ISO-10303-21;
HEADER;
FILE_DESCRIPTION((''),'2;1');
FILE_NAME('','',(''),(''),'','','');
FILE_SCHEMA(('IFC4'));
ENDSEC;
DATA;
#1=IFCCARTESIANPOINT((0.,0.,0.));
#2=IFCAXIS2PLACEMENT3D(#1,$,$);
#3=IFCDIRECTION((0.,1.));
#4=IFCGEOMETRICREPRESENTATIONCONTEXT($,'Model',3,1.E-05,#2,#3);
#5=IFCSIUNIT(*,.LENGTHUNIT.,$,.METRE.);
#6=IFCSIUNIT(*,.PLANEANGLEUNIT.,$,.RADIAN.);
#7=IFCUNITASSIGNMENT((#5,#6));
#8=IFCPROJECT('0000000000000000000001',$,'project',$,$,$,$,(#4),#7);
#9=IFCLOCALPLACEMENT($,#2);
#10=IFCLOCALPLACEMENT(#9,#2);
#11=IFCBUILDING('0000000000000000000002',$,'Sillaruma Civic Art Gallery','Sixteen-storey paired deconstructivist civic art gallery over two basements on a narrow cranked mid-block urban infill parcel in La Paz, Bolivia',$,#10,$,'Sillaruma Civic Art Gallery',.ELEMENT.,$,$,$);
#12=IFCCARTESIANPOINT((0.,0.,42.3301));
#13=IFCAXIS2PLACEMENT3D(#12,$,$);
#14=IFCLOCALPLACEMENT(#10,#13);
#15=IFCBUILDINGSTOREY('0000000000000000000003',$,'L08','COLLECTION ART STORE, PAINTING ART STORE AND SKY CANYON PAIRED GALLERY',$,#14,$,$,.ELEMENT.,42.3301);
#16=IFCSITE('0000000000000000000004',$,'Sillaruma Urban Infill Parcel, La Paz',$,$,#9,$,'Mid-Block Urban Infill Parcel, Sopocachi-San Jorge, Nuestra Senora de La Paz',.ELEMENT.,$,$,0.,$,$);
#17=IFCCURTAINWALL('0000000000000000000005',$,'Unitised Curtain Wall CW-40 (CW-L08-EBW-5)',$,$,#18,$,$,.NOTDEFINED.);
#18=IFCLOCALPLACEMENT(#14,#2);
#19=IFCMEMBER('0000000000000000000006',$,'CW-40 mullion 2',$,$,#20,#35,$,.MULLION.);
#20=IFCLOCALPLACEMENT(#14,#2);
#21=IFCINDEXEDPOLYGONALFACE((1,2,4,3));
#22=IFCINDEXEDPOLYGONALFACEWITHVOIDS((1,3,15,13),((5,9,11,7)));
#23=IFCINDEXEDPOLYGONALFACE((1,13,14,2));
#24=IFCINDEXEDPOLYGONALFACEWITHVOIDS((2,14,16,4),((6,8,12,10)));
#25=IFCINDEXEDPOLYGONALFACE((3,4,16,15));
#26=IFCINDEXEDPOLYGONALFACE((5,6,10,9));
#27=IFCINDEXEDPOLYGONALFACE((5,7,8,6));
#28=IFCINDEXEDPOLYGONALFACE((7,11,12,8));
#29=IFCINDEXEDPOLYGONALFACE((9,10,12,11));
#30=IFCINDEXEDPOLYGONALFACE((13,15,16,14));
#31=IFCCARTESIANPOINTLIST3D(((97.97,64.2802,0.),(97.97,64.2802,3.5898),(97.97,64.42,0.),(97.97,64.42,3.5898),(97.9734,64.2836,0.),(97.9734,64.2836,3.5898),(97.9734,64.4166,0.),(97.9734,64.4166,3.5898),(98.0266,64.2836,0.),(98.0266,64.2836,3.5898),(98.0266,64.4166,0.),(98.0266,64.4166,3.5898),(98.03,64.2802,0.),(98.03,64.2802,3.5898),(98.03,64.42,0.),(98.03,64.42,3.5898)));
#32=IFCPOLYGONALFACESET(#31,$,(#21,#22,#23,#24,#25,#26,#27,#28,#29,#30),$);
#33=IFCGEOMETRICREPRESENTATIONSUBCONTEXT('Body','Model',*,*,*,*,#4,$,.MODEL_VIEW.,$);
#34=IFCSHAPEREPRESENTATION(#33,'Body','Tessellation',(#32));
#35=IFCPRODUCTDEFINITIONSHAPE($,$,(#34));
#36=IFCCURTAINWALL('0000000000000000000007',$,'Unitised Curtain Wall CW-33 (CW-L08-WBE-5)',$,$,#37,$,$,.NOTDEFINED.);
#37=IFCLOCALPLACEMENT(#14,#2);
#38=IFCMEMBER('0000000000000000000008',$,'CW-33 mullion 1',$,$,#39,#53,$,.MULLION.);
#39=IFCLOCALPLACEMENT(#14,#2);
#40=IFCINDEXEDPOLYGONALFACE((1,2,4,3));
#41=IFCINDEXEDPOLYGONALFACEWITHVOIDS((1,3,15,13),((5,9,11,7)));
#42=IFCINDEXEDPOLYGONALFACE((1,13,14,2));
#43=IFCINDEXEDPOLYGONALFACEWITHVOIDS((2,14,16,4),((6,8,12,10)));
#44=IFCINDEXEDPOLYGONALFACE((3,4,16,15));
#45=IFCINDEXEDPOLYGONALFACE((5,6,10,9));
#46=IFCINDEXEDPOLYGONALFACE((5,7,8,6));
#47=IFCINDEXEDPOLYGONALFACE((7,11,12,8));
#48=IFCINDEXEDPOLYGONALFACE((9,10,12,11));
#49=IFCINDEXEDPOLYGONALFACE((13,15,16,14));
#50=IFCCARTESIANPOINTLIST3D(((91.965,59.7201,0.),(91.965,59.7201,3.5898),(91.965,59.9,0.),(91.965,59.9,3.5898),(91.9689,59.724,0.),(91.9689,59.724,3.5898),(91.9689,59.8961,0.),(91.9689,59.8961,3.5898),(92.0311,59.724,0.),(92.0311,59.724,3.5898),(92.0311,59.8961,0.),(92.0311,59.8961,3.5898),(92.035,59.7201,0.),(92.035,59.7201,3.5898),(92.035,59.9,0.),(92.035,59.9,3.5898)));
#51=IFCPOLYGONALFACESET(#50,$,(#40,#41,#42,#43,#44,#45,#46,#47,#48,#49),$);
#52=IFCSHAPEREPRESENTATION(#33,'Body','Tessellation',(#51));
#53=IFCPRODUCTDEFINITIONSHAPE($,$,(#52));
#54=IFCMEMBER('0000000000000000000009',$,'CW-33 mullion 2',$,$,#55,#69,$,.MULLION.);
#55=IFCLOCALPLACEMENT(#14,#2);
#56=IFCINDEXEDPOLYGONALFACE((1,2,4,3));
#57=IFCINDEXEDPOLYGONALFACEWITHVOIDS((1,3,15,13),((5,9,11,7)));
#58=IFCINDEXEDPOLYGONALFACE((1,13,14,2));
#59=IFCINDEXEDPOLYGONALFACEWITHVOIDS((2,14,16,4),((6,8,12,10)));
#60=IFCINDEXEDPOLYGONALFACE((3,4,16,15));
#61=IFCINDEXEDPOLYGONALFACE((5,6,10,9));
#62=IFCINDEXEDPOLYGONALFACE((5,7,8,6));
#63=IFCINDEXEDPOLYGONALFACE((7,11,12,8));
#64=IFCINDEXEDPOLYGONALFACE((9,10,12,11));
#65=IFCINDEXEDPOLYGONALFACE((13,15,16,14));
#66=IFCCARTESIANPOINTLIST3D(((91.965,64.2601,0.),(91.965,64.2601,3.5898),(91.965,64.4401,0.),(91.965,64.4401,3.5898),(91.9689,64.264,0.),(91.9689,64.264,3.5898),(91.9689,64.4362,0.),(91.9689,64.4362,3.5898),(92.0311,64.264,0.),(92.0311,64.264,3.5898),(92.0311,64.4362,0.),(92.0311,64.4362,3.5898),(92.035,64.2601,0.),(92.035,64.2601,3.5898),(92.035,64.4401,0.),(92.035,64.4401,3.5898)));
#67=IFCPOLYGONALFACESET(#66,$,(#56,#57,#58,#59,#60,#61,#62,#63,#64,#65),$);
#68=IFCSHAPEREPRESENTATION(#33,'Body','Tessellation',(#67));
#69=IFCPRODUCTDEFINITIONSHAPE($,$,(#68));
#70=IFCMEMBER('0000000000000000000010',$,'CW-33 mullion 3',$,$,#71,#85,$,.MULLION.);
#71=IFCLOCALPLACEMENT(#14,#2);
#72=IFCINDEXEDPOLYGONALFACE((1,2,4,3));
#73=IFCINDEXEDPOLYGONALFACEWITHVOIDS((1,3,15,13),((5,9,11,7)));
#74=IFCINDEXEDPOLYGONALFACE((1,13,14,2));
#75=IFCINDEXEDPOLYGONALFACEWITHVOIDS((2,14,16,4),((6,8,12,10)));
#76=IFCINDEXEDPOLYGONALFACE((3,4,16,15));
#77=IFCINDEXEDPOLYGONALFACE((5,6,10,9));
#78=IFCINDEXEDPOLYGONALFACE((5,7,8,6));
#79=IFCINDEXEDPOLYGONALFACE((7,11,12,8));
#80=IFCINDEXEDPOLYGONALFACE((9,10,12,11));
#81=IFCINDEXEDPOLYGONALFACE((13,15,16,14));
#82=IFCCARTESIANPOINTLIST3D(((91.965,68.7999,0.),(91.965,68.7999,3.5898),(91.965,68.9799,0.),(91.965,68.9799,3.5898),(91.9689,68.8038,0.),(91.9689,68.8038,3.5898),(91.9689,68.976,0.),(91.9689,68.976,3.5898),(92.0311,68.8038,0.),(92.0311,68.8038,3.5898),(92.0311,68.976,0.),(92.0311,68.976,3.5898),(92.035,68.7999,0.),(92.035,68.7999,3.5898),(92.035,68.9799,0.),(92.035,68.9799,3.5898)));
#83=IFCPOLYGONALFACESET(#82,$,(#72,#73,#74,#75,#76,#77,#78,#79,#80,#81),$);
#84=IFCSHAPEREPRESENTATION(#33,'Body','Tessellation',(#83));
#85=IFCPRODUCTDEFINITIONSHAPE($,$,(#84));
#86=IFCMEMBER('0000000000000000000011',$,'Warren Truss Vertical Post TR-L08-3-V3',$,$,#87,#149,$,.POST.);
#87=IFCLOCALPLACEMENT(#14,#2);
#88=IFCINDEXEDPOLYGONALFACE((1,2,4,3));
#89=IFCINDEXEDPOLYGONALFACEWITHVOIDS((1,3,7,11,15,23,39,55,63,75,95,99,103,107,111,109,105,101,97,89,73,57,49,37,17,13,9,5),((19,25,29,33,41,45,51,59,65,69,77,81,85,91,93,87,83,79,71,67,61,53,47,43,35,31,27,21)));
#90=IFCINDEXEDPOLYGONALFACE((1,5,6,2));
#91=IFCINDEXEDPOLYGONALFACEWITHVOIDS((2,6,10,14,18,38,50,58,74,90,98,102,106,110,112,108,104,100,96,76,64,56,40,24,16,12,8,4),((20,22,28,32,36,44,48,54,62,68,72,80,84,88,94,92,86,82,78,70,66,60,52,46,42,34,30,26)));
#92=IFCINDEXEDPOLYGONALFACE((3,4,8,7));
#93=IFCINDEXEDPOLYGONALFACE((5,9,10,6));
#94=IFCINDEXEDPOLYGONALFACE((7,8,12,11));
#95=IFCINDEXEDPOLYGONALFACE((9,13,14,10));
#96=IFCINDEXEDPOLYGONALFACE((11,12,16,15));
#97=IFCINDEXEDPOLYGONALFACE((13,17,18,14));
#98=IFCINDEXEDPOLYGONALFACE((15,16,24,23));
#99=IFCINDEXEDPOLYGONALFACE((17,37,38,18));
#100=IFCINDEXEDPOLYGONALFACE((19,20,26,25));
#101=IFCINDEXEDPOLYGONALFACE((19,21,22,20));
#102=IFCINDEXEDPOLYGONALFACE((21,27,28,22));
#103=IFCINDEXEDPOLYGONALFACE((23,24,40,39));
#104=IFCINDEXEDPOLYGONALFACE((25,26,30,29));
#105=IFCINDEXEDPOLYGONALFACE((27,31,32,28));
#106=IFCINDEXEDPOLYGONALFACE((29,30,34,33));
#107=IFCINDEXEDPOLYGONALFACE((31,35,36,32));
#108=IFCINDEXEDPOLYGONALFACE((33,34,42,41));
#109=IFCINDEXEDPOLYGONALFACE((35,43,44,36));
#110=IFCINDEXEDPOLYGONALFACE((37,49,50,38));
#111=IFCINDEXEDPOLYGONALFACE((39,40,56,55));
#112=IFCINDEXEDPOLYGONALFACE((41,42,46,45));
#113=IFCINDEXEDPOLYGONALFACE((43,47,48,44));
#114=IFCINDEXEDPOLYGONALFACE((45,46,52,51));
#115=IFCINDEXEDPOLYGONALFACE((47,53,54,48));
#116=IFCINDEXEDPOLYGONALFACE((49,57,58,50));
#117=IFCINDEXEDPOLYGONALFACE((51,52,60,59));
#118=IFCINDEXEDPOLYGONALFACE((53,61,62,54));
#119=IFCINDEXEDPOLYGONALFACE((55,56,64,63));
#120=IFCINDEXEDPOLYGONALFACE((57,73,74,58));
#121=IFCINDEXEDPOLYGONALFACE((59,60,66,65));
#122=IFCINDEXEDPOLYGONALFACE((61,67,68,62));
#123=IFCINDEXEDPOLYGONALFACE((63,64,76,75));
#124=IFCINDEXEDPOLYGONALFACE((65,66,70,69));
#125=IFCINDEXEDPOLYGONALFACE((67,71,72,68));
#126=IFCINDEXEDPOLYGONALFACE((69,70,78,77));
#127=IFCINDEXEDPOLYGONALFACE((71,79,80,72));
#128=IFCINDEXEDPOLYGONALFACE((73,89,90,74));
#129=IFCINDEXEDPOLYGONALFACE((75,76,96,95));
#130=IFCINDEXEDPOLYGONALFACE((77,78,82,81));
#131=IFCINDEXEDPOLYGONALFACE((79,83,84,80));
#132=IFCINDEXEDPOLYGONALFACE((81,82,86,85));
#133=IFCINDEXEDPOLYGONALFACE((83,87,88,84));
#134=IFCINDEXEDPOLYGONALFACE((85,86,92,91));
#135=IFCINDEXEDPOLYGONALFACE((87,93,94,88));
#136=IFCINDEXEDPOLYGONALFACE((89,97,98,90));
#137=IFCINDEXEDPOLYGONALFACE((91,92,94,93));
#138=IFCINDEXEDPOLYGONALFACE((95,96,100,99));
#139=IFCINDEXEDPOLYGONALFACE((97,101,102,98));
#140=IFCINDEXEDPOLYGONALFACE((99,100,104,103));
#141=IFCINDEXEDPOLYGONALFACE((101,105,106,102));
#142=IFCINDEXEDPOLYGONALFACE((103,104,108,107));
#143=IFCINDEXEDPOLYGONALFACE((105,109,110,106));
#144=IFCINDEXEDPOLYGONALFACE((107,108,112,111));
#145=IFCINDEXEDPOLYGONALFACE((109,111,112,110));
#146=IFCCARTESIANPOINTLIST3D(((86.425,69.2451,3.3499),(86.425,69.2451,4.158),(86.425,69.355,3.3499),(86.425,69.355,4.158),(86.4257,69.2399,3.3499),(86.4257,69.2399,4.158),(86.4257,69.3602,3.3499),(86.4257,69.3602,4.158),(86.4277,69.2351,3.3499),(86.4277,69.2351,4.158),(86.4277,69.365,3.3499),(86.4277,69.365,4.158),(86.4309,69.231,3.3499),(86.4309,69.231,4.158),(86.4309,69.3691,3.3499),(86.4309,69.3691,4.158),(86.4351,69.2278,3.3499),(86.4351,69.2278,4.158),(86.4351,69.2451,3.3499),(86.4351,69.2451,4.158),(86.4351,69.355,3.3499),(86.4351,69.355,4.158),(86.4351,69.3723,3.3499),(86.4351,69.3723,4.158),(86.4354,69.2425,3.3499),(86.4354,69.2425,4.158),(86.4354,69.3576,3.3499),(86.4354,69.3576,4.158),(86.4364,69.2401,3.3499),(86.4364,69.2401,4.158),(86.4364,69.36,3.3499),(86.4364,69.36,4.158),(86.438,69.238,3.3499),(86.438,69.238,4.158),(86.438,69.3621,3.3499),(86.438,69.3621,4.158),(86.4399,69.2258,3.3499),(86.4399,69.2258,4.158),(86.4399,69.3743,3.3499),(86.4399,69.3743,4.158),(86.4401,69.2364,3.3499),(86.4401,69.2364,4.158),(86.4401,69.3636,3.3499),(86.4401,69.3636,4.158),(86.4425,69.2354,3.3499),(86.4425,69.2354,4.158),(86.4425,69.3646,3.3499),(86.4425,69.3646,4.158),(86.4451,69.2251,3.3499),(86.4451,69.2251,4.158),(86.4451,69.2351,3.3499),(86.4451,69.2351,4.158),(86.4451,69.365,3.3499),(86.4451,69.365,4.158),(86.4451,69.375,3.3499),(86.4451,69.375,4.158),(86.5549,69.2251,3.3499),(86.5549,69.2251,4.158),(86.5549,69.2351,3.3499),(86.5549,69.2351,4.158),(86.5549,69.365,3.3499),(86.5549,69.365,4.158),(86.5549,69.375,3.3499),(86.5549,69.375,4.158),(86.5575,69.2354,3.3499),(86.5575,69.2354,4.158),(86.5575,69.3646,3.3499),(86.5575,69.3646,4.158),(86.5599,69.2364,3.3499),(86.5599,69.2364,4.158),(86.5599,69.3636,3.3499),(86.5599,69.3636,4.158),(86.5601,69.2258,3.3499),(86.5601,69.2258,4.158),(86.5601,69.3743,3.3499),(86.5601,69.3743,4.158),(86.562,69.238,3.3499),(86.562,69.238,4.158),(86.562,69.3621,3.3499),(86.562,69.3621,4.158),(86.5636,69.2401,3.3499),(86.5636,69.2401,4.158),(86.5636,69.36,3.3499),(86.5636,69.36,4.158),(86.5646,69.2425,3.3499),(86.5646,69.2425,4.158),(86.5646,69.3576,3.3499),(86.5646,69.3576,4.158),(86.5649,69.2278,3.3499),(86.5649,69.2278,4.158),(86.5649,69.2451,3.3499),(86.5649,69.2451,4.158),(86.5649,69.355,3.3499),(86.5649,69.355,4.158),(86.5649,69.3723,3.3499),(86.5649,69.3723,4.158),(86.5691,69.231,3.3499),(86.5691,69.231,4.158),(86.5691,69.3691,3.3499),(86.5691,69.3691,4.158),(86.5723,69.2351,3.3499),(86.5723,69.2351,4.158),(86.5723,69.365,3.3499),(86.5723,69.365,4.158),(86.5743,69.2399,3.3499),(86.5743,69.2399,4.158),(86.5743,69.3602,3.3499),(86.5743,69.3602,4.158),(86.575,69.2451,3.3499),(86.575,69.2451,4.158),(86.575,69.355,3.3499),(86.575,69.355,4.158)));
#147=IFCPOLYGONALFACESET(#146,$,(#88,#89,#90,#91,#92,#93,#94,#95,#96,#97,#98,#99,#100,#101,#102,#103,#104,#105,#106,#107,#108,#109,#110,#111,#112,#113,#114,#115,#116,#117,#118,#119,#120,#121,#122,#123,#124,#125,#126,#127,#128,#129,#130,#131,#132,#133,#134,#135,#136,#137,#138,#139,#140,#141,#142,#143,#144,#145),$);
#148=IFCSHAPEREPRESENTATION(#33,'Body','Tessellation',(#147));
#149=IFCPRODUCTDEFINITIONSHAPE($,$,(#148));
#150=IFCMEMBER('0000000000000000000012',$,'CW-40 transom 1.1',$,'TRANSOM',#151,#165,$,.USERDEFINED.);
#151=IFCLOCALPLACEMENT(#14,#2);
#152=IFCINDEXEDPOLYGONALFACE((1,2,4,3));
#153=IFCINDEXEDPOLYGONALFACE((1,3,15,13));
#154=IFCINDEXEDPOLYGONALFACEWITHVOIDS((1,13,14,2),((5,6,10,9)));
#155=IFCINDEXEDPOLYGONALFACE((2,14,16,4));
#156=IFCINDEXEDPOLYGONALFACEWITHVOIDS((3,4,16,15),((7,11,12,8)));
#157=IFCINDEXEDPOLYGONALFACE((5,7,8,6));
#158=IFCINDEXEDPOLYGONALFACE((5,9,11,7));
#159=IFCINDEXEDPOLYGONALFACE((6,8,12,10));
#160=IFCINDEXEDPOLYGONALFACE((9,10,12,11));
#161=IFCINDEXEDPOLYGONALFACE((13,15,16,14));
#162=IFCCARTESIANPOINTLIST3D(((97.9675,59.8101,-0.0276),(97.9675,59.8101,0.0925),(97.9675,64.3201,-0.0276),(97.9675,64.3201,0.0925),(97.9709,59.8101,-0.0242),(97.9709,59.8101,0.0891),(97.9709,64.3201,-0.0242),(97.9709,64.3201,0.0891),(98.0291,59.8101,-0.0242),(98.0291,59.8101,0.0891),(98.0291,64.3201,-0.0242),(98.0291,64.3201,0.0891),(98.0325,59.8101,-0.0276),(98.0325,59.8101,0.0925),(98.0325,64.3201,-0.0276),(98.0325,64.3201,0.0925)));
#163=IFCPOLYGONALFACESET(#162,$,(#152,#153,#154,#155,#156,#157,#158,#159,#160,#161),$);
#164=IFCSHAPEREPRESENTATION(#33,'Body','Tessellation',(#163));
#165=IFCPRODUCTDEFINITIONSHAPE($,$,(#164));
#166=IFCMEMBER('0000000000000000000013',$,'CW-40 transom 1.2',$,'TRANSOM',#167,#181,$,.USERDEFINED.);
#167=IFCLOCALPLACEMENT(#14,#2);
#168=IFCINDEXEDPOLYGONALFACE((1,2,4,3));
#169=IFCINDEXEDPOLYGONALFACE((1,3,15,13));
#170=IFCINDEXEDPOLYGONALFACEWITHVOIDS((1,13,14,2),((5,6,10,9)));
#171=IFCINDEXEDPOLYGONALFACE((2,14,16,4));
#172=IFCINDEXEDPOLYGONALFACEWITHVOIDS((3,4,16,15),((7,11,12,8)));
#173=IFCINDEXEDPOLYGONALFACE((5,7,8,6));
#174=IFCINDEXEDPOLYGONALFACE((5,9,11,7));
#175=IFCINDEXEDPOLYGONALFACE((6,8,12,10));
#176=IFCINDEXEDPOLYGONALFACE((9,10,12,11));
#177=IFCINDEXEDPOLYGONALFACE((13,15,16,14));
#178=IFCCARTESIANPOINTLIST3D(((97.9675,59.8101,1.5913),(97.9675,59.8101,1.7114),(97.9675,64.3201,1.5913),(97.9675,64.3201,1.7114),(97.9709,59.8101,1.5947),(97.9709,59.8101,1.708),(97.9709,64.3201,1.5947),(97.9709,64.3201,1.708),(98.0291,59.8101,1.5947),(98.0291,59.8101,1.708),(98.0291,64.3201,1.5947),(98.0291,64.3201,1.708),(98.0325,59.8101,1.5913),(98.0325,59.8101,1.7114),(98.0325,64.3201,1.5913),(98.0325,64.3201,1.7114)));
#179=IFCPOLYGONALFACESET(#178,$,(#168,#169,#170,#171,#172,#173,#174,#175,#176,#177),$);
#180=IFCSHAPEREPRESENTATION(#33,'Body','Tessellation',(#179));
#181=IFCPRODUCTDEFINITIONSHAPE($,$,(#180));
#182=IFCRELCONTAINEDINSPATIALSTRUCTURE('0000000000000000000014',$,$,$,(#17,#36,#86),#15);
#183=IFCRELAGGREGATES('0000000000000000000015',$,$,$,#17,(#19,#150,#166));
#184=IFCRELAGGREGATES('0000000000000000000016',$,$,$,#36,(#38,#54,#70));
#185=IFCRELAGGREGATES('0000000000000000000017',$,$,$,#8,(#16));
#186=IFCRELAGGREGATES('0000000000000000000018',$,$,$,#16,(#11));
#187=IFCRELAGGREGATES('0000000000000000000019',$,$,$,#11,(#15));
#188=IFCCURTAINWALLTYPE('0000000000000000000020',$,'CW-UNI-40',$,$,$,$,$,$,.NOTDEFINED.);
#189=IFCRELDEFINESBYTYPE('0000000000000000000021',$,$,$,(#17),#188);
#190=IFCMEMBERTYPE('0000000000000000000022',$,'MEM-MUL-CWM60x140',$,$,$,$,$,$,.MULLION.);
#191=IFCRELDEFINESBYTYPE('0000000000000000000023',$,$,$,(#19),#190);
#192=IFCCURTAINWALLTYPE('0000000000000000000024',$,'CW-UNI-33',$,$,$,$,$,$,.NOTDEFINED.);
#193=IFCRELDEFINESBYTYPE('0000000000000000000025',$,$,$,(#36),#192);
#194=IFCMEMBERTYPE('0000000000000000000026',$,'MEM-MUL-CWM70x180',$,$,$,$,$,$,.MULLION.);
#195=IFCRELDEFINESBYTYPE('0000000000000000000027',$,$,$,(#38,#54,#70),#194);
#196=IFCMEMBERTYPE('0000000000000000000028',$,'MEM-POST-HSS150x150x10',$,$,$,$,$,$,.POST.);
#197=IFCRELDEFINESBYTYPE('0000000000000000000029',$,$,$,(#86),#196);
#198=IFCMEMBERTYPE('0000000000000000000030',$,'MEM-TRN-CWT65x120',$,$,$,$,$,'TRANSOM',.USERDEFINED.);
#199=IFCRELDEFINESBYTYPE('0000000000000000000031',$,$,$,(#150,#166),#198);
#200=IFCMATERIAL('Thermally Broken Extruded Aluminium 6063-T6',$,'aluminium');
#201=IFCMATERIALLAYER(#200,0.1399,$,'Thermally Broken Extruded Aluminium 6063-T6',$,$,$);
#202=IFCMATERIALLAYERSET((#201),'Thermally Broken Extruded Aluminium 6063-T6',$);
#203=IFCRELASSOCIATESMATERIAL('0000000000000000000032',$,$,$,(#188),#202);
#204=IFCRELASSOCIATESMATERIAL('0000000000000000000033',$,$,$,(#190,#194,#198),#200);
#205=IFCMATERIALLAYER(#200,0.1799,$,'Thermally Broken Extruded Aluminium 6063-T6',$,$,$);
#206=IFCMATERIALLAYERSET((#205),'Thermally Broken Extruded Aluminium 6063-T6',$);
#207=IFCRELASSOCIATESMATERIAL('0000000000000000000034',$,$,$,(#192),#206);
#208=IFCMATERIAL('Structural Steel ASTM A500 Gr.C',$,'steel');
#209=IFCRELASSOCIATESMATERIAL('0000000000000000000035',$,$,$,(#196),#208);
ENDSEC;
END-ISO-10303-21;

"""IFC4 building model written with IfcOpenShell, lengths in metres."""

from ifc_helpers import new_model, si_unit, direction, frame, origin, origin_2d, place, context, subcontext, project, spatial, hollow_rectangle, extrude, material, layer, layer_set, material_profile, profile_set, type_object, element, aggregate, save


model = new_model("IFC4")

# Units and contexts
model_context = context("Model", 3, precision=1e-05, world=origin(), true_north=direction((0.0, 1.0)))
body_context = subcontext(model_context, "Body", "Model", "MODEL_VIEW")
ifc_project = project(units=[si_unit("LENGTHUNIT", "METRE"), si_unit("PLANEANGLEUNIT", "RADIAN")], contexts=[model_context])

# Site, building, storey
site_placement = place(None, origin())
site = spatial("IfcSite", under=ifc_project, at=site_placement, Name="Sillaruma Urban Infill Parcel, La Paz", LongName="Mid-Block Urban Infill Parcel, Sopocachi-San Jorge, Nuestra Senora de La Paz", CompositionType="ELEMENT", RefElevation=0.0)
building_placement = place(site_placement, origin())
building = spatial("IfcBuilding", under=site, at=building_placement, Name="Sillaruma Civic Art Gallery", Description="Sixteen-storey paired deconstructivist civic art gallery over two basements on a narrow cranked mid-block urban infill parcel in La Paz, Bolivia", LongName="Sillaruma Civic Art Gallery", CompositionType="ELEMENT")
storey_placement = place(building_placement, frame((0.0, 0.0, 42.3301)))
storey = spatial("IfcBuildingStorey", under=building, at=storey_placement, Name="L08", Description="COLLECTION ART STORE, PAINTING ART STORE AND SKY CANYON PAIRED GALLERY", CompositionType="ELEMENT", Elevation=42.3301)

# Shared definitions
ifc_material_1 = material(Name="Structural Steel ASTM A500 Gr.C", Category="steel")

# Curtain walls, members
ifc_material_2 = material(Name="Thermally Broken Extruded Aluminium 6063-T6", Category="aluminium")
ifc_layer_1 = layer(ifc_material_2, 0.1399, Name="Thermally Broken Extruded Aluminium 6063-T6")
ifc_layer_set_1 = layer_set([ifc_layer_1], Name="Thermally Broken Extruded Aluminium 6063-T6")
curtain_wall_type_1 = type_object("IfcCurtainWallType", Name="CW-UNI-40", PredefinedType="NOTDEFINED", material=ifc_layer_set_1)
curtain_wall_1_placement = place(storey_placement, origin())
curtain_wall_1 = element("IfcCurtainWall", 1, at=curtain_wall_1_placement, inside=storey, type_object=curtain_wall_type_1, Name="Unitised Curtain Wall CW-40 (CW-L08-EBW-5)", PredefinedType="NOTDEFINED")
ifc_material_profile_1 = material_profile(ifc_material_2, hollow_rectangle(XDim=0.0601, YDim=0.1399, WallThickness=0.0034, at=origin_2d()), Name="CWM60x140")
ifc_profile_set_1 = profile_set([ifc_material_profile_1], Name="Thermally Broken Extruded Aluminium 6063-T6")
member_type_1 = type_object("IfcMemberType", Name="MEM-MUL-CWM60x140", PredefinedType="MULLION", material=ifc_profile_set_1)
member_1_placement = place(storey_placement, frame((98.0, 64.3501, 0.0), z_axis=(0.0, 0.0, 1.0), x_axis=(-1.0, 0.0, 0.0)))
member_1 = element("IfcMember", 2, at=member_1_placement, type_object=member_type_1, Name="CW-40 mullion 2", PredefinedType="MULLION", context=body_context, shape_type="SweptSolid", body=[
    extrude(hollow_rectangle(XDim=0.0601, YDim=0.1399, WallThickness=0.0034, at=origin_2d()), origin(), (0.0, 0.0, 1.0), 3.5898),
])
ifc_layer_2 = layer(ifc_material_2, 0.1799, Name="Thermally Broken Extruded Aluminium 6063-T6")
ifc_layer_set_2 = layer_set([ifc_layer_2], Name="Thermally Broken Extruded Aluminium 6063-T6")
curtain_wall_type_2 = type_object("IfcCurtainWallType", Name="CW-UNI-33", PredefinedType="NOTDEFINED", material=ifc_layer_set_2)
curtain_wall_2_placement = place(storey_placement, origin())
curtain_wall_2 = element("IfcCurtainWall", 3, at=curtain_wall_2_placement, inside=storey, type_object=curtain_wall_type_2, Name="Unitised Curtain Wall CW-33 (CW-L08-WBE-5)", PredefinedType="NOTDEFINED")
ifc_material_profile_2 = material_profile(ifc_material_2, hollow_rectangle(XDim=0.0701, YDim=0.1799, WallThickness=0.0039, at=origin_2d()), Name="CWM70x180")
ifc_profile_set_2 = profile_set([ifc_material_profile_2], Name="Thermally Broken Extruded Aluminium 6063-T6")
member_type_2 = type_object("IfcMemberType", Name="MEM-MUL-CWM70x180", PredefinedType="MULLION", material=ifc_profile_set_2)
member_2_placement = place(storey_placement, frame((92.0, 59.8101, 0.0), z_axis=(0.0, 0.0, 1.0), x_axis=(-1.0, 0.0, 0.0)))
member_2 = element("IfcMember", 4, at=member_2_placement, type_object=member_type_2, Name="CW-33 mullion 1", PredefinedType="MULLION", context=body_context, shape_type="SweptSolid", body=[
    extrude(hollow_rectangle(XDim=0.0701, YDim=0.1799, WallThickness=0.0039, at=origin_2d()), origin(), (0.0, 0.0, 1.0), 3.5898),
])
member_3_placement = place(storey_placement, frame((92.0, 64.3501, 0.0), z_axis=(0.0, 0.0, 1.0), x_axis=(-1.0, 0.0, 0.0)))
member_3 = element("IfcMember", 5, at=member_3_placement, type_object=member_type_2, Name="CW-33 mullion 2", PredefinedType="MULLION", context=body_context, shape_type="SweptSolid", body=[
    extrude(hollow_rectangle(XDim=0.0701, YDim=0.1799, WallThickness=0.0039, at=origin_2d()), origin(), (0.0, 0.0, 1.0), 3.5898),
])
member_4_placement = place(storey_placement, frame((92.0, 68.8899, 0.0), z_axis=(0.0, 0.0, 1.0), x_axis=(-1.0, 0.0, 0.0)))
member_4 = element("IfcMember", 6, at=member_4_placement, type_object=member_type_2, Name="CW-33 mullion 3", PredefinedType="MULLION", context=body_context, shape_type="SweptSolid", body=[
    extrude(hollow_rectangle(XDim=0.0701, YDim=0.1799, WallThickness=0.0039, at=origin_2d()), origin(), (0.0, 0.0, 1.0), 3.5898),
])

# Members
ifc_material_profile_3 = material_profile(ifc_material_1, hollow_rectangle(XDim=0.1499, YDim=0.1499, WallThickness=0.01, InnerFilletRadius=0.01, OuterFilletRadius=0.02, at=origin_2d()), Name="HSS150x150x10")
ifc_profile_set_3 = profile_set([ifc_material_profile_3], Name="Structural Steel ASTM A500 Gr.C")
member_type_3 = type_object("IfcMemberType", Name="MEM-POST-HSS150x150x10", PredefinedType="POST", material=ifc_profile_set_3)
member_5_placement = place(storey_placement, frame((86.5, 69.3, 3.3499), z_axis=(0.0, 0.0, 1.0), x_axis=(1.0, 0.0, 0.0)))
element("IfcMember", 7, at=member_5_placement, inside=storey, type_object=member_type_3, Name="Warren Truss Vertical Post TR-L08-3-V3", PredefinedType="POST", context=body_context, shape_type="SweptSolid", body=[
    extrude(hollow_rectangle(XDim=0.1499, YDim=0.1499, WallThickness=0.01, InnerFilletRadius=0.01, OuterFilletRadius=0.02, at=origin_2d()), origin(), (0.0, 0.0, 1.0), 0.8081),
])
ifc_material_profile_4 = material_profile(ifc_material_2, hollow_rectangle(XDim=0.0649, YDim=0.1201, WallThickness=0.0034, at=origin_2d()), Name="CWT65x120")
ifc_profile_set_4 = profile_set([ifc_material_profile_4], Name="Thermally Broken Extruded Aluminium 6063-T6")
member_type_4 = type_object("IfcMemberType", Name="MEM-TRN-CWT65x120", ElementType="TRANSOM", PredefinedType="USERDEFINED", material=ifc_profile_set_4)
member_6_placement = place(storey_placement, frame((98.0, 59.8101, 0.0325), z_axis=(0.0, 1.0, 0.0), x_axis=(-1.0, 0.0, 0.0)))
member_6 = element("IfcMember", 8, at=member_6_placement, type_object=member_type_4, Name="CW-40 transom 1.1", ObjectType="TRANSOM", PredefinedType="USERDEFINED", context=body_context, shape_type="SweptSolid", body=[
    extrude(hollow_rectangle(XDim=0.0649, YDim=0.1201, WallThickness=0.0034, at=origin_2d()), origin(), (0.0, 0.0, 1.0), 4.51),
])
member_7_placement = place(storey_placement, frame((98.0, 59.8101, 1.6514), z_axis=(0.0, 1.0, 0.0), x_axis=(-1.0, 0.0, 0.0)))
member_7 = element("IfcMember", 9, at=member_7_placement, type_object=member_type_4, Name="CW-40 transom 1.2", ObjectType="TRANSOM", PredefinedType="USERDEFINED", context=body_context, shape_type="SweptSolid", body=[
    extrude(hollow_rectangle(XDim=0.0649, YDim=0.1201, WallThickness=0.0034, at=origin_2d()), origin(), (0.0, 0.0, 1.0), 4.51),
])

aggregate(curtain_wall_1, [member_1, member_6, member_7])
aggregate(curtain_wall_2, [member_2, member_3, member_4])

save(model, "model.ifc")
